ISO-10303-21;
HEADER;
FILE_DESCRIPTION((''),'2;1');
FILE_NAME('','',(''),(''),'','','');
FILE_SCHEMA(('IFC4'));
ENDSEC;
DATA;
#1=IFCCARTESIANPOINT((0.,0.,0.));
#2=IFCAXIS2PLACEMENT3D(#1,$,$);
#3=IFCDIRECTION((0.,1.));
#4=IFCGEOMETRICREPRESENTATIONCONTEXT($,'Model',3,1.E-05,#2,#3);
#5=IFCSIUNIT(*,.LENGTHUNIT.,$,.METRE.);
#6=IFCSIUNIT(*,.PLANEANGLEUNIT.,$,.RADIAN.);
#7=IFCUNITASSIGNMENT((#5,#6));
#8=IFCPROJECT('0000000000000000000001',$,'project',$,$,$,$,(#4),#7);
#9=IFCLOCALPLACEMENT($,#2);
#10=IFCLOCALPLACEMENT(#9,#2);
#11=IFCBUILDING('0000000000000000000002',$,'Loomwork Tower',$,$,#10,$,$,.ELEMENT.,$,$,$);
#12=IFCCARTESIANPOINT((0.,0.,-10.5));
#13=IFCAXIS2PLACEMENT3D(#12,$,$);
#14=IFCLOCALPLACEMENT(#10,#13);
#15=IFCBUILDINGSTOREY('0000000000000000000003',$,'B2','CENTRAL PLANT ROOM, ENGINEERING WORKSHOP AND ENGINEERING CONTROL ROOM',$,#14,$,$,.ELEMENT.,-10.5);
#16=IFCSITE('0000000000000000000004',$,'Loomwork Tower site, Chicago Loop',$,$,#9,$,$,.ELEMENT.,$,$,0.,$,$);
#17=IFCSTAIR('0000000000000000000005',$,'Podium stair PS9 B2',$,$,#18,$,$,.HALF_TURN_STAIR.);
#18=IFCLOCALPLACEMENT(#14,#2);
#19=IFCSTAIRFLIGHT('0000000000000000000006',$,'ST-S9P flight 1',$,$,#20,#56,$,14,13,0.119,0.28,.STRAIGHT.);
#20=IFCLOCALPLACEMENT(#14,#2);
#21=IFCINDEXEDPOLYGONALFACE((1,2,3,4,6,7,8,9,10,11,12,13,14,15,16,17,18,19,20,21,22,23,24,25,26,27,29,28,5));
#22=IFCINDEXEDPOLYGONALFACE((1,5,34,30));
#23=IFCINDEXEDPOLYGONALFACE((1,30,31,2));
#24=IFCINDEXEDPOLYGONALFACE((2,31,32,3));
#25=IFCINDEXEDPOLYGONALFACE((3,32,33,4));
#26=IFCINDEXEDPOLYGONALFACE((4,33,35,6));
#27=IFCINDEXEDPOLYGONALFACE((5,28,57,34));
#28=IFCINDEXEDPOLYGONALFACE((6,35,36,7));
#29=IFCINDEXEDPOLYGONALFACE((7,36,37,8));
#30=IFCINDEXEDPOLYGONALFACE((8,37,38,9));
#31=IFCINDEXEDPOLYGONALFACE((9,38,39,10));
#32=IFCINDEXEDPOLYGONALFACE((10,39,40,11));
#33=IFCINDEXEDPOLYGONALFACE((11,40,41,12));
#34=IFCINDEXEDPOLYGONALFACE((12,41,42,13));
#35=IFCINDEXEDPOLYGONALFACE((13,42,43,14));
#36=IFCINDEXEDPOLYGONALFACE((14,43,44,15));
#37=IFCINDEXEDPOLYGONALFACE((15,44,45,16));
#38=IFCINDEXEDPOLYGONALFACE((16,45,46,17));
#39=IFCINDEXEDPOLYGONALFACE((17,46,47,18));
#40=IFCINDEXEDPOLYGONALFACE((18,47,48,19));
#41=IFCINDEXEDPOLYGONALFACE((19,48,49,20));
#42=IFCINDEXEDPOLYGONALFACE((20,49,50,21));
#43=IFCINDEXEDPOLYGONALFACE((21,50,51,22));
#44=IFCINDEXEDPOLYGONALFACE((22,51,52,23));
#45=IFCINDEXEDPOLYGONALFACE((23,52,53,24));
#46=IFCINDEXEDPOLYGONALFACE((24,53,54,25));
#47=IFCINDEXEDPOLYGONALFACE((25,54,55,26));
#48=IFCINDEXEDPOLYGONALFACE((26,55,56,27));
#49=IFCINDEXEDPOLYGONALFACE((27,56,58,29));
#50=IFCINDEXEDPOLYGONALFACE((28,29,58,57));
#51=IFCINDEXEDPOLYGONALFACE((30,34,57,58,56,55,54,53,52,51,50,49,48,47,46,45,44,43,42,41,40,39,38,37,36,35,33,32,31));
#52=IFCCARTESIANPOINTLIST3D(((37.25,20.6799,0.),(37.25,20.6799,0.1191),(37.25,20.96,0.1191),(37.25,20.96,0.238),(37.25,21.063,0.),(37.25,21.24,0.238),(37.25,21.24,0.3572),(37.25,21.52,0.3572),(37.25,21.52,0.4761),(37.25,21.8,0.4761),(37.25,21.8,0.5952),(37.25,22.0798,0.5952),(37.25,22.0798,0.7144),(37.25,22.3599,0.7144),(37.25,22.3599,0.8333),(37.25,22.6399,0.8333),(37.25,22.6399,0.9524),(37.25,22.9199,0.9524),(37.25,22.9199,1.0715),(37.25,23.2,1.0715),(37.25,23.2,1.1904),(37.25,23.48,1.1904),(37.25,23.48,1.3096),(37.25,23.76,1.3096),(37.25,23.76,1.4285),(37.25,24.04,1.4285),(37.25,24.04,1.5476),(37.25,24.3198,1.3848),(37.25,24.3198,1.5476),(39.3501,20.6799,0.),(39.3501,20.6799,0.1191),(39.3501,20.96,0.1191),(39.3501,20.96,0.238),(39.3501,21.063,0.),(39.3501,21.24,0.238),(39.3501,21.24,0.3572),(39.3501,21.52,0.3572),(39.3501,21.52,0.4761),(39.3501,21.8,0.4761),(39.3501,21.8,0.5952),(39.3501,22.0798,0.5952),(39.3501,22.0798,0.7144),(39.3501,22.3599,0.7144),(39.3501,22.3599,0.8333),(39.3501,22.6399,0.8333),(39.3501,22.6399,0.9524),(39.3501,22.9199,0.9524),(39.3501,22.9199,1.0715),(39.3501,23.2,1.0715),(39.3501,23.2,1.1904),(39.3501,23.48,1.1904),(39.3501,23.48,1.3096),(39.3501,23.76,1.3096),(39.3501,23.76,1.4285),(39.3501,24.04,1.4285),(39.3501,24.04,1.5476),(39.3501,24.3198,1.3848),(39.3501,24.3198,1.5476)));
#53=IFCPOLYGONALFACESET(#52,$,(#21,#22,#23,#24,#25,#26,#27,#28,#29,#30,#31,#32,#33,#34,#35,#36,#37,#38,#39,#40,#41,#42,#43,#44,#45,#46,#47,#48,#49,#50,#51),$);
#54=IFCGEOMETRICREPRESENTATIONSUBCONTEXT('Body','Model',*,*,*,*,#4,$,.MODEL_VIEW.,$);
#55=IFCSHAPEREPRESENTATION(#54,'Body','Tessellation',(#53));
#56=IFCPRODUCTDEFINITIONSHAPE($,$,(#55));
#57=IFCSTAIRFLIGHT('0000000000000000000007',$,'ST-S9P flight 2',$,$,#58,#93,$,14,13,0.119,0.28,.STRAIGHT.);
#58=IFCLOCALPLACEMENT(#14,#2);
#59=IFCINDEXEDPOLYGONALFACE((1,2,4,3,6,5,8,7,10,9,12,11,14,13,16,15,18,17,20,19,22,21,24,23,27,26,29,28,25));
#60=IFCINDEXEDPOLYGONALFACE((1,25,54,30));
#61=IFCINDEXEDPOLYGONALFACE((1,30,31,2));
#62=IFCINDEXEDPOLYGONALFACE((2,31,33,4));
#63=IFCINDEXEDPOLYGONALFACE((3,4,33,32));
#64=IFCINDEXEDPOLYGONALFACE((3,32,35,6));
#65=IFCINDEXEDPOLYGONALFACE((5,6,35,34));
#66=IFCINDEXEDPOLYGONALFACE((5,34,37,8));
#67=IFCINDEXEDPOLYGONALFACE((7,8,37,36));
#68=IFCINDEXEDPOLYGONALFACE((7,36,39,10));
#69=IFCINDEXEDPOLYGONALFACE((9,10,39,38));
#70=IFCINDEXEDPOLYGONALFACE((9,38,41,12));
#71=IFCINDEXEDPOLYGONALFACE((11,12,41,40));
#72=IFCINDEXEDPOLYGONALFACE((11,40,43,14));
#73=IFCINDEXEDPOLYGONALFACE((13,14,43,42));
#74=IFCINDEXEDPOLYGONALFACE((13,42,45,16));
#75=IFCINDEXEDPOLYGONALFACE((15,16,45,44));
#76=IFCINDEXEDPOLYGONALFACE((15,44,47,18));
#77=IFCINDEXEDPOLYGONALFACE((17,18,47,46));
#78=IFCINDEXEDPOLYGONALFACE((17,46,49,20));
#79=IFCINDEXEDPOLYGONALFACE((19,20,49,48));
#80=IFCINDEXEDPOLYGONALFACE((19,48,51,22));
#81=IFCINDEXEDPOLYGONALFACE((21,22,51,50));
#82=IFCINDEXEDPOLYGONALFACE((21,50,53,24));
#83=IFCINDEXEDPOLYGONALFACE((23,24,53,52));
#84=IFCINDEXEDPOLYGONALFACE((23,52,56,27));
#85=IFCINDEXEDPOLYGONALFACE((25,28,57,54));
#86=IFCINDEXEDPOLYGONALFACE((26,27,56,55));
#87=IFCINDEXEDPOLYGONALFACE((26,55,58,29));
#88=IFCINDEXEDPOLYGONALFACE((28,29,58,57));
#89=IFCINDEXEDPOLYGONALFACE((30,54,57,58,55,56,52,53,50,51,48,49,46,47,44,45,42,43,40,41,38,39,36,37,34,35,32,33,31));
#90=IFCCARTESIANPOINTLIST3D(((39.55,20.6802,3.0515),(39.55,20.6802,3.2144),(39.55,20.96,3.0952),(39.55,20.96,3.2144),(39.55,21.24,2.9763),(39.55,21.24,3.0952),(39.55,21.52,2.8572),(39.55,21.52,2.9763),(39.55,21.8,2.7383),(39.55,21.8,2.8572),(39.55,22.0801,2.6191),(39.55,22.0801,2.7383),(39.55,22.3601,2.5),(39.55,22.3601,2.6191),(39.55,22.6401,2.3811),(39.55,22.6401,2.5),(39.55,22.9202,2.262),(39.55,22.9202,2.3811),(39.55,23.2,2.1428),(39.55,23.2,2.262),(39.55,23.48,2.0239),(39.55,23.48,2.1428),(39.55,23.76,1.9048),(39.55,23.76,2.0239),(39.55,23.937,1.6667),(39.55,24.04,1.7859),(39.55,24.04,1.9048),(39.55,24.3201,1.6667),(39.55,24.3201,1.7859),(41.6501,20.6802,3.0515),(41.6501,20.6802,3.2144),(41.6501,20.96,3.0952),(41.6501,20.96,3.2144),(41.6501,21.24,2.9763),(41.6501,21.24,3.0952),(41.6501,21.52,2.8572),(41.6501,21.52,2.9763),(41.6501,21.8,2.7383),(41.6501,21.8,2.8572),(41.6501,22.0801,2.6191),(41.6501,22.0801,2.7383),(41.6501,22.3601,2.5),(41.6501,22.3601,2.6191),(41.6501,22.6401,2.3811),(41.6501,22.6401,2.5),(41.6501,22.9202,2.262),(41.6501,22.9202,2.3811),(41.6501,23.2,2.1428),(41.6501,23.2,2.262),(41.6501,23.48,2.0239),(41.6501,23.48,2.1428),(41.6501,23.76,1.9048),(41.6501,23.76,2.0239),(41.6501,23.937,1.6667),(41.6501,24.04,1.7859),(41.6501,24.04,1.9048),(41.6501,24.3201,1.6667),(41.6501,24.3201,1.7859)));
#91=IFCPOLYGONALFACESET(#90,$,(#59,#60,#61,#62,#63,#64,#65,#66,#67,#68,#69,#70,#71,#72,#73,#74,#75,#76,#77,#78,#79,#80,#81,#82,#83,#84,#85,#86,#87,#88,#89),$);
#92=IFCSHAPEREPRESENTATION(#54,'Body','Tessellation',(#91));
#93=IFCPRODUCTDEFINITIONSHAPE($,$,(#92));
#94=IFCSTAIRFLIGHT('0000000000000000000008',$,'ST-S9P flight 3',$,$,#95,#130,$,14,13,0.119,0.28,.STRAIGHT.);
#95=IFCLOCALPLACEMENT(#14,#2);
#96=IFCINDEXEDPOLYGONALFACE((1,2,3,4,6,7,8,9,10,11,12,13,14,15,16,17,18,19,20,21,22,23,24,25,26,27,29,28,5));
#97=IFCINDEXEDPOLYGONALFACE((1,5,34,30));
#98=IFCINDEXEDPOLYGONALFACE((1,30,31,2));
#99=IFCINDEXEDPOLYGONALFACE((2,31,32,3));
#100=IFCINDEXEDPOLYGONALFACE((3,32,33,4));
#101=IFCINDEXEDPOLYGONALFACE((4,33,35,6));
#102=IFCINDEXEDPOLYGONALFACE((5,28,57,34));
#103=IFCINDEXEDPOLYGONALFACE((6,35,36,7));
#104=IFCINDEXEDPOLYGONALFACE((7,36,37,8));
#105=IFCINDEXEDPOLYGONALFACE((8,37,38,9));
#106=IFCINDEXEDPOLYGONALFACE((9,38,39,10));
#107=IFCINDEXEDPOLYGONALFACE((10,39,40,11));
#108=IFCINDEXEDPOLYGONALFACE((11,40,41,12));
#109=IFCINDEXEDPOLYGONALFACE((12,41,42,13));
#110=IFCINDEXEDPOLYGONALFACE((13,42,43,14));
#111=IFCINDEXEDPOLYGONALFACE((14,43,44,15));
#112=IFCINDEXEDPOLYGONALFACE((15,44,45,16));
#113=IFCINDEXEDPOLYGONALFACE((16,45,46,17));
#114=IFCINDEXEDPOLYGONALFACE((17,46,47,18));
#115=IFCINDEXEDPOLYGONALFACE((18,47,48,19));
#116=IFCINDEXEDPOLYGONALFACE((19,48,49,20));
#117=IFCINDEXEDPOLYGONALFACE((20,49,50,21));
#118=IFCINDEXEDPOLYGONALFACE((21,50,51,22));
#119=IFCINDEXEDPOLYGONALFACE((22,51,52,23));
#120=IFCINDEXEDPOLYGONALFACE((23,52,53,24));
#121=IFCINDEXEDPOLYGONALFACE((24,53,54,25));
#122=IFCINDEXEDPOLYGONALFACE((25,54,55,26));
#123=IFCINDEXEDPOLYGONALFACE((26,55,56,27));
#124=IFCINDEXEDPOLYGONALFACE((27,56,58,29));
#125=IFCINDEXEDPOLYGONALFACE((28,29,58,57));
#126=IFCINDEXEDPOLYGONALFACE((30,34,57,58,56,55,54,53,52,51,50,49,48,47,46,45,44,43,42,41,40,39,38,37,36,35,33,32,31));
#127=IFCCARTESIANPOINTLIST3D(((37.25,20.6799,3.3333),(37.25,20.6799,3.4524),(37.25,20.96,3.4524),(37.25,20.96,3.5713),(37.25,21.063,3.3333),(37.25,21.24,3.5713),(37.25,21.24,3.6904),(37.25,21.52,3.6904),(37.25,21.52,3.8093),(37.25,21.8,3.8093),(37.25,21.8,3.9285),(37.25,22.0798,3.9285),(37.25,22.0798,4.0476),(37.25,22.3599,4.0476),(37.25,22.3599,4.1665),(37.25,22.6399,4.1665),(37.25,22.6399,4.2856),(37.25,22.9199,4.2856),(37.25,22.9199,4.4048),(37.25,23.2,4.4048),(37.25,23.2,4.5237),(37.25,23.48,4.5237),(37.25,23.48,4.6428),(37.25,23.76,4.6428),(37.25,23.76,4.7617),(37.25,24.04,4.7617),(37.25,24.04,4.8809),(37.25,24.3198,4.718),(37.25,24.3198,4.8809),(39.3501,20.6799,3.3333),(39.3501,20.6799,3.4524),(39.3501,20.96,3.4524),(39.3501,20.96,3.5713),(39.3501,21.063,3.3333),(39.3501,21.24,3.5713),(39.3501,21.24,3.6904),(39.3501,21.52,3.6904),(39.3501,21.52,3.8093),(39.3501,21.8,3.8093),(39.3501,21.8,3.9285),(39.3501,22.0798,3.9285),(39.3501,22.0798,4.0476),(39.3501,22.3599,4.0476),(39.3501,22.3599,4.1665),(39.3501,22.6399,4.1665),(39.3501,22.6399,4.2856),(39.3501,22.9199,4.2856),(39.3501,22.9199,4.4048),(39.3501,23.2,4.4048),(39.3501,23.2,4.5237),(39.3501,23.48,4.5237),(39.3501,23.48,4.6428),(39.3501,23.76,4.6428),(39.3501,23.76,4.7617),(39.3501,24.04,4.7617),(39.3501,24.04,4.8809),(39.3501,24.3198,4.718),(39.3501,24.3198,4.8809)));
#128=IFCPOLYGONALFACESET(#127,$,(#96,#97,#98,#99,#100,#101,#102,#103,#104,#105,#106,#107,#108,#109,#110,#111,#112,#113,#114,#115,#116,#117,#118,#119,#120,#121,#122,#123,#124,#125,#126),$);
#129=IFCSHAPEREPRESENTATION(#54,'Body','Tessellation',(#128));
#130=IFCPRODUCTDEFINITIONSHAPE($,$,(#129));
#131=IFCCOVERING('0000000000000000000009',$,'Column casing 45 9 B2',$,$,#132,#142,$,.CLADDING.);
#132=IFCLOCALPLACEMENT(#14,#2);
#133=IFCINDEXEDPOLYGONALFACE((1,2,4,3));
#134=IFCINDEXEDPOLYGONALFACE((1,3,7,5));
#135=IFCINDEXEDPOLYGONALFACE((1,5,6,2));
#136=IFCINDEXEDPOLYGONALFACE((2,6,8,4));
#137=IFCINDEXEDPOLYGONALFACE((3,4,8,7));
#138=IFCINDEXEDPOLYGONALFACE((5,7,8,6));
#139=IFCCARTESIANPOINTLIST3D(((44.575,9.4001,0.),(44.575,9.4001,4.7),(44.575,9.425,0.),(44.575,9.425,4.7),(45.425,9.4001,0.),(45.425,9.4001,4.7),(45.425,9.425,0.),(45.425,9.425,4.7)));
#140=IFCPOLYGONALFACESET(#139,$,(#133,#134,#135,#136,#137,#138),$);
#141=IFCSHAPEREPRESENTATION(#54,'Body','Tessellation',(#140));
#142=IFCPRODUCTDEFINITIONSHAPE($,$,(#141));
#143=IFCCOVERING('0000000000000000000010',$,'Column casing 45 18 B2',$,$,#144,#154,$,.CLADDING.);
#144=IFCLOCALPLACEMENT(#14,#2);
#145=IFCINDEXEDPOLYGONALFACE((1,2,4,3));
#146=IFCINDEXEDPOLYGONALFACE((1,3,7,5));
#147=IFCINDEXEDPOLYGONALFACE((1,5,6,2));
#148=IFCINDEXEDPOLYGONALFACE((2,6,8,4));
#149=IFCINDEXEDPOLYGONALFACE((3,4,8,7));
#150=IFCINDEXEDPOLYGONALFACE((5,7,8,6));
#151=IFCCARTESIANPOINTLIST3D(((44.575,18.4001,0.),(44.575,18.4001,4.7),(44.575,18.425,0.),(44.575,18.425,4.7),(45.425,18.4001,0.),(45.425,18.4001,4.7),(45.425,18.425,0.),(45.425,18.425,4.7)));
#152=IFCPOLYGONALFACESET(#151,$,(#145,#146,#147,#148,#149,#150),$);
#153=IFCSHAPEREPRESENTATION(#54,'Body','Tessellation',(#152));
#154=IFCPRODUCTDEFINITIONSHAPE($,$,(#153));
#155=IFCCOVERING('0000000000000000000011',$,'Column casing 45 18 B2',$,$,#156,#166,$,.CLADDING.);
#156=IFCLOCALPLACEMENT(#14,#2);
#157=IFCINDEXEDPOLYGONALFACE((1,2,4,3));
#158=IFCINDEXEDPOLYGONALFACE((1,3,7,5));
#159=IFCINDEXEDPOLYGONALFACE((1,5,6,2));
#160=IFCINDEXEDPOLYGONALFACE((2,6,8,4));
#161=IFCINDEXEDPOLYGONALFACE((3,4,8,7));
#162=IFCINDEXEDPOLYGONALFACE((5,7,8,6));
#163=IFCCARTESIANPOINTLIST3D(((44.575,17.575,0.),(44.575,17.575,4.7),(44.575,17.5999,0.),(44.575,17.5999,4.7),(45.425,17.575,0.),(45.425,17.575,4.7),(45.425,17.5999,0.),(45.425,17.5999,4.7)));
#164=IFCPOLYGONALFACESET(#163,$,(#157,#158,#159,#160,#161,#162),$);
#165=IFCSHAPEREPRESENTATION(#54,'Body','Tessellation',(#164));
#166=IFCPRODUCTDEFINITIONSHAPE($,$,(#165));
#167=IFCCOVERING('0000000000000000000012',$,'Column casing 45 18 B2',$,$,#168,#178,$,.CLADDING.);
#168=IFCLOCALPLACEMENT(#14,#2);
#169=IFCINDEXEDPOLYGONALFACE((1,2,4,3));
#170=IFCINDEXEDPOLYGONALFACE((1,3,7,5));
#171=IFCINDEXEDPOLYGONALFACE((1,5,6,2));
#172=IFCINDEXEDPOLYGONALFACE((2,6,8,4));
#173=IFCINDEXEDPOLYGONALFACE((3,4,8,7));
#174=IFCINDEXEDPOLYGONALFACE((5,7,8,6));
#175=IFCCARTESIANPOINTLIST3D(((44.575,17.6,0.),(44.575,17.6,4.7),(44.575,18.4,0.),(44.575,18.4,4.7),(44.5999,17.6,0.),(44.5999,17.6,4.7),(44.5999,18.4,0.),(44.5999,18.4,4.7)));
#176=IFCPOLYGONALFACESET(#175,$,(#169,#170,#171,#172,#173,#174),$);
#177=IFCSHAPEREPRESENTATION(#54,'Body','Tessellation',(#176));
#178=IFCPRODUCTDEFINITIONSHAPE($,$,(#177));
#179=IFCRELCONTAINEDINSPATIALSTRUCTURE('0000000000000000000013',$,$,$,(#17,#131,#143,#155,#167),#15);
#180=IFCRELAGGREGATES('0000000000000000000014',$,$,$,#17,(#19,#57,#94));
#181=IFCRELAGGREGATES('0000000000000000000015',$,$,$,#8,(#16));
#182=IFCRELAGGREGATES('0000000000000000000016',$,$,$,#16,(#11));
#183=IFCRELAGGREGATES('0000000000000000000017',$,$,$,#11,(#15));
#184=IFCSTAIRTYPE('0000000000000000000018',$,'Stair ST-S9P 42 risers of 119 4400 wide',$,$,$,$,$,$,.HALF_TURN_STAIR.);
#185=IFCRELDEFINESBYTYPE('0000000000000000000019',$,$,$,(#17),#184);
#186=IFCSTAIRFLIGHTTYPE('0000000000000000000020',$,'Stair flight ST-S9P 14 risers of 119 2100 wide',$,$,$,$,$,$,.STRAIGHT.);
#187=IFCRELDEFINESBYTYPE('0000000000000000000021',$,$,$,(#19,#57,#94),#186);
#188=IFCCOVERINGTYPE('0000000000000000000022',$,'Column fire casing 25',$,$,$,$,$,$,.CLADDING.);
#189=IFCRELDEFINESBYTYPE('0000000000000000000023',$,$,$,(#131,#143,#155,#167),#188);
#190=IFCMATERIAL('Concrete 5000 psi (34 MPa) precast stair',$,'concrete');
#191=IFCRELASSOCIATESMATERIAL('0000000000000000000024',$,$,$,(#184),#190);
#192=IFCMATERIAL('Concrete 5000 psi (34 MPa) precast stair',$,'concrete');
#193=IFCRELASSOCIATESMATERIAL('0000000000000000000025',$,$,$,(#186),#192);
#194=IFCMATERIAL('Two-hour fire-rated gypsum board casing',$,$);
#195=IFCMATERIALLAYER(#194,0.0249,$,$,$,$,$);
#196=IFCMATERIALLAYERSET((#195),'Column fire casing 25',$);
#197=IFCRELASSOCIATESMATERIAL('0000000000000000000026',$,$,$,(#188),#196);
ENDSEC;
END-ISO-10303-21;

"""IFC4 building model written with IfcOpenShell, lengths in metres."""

from ifc_helpers import new_model, si_unit, direction, frame, origin, origin_2d, place, context, subcontext, project, spatial, polyline, rectangle, outline, extrude, material, layer, layer_set, type_object, element, aggregate, save


model = new_model("IFC4")

# Units and contexts
model_context = context("Model", 3, precision=1e-05, world=origin(), true_north=direction((0.0, 1.0)))
body_context = subcontext(model_context, "Body", "Model", "MODEL_VIEW")
ifc_project = project(units=[si_unit("LENGTHUNIT", "METRE"), si_unit("PLANEANGLEUNIT", "RADIAN")], contexts=[model_context])

# Site, building, storey
site_placement = place(None, origin())
site = spatial("IfcSite", under=ifc_project, at=site_placement, Name="Loomwork Tower site, Chicago Loop", CompositionType="ELEMENT", RefElevation=0.0)
building_placement = place(site_placement, origin())
building = spatial("IfcBuilding", under=site, at=building_placement, Name="Loomwork Tower", CompositionType="ELEMENT")
storey_placement = place(building_placement, frame((0.0, 0.0, -10.5)))
storey = spatial("IfcBuildingStorey", under=building, at=storey_placement, Name="B2", Description="CENTRAL PLANT ROOM, ENGINEERING WORKSHOP AND ENGINEERING CONTROL ROOM", CompositionType="ELEMENT", Elevation=-10.5)

# Stair, stair flights
ifc_material_1 = material(Name="Concrete 5000 psi (34 MPa) precast stair", Category="concrete")
stair_type_1 = type_object("IfcStairType", Name="Stair ST-S9P 42 risers of 119 4400 wide", PredefinedType="HALF_TURN_STAIR", material=ifc_material_1)
stair_1_placement = place(storey_placement, origin())
stair_1 = element("IfcStair", 1, at=stair_1_placement, inside=storey, type_object=stair_type_1, Name="Podium stair PS9 B2", PredefinedType="HALF_TURN_STAIR")
ifc_material_2 = material(Name="Concrete 5000 psi (34 MPa) precast stair", Category="concrete")
stair_flight_type_1 = type_object("IfcStairFlightType", Name="Stair flight ST-S9P 14 risers of 119 2100 wide", PredefinedType="STRAIGHT", material=ifc_material_2)
stair_flight_1_placement = place(storey_placement, frame((38.3, 20.6799, 0.0), z_axis=(0.0, 0.0, 1.0), x_axis=(0.0, 1.0, 0.0)))
stair_flight_1 = element("IfcStairFlight", 2, at=stair_flight_1_placement, type_object=stair_flight_type_1, Name="ST-S9P flight 1", NumberOfRisers=14, NumberOfTreads=13, PredefinedType="STRAIGHT", RiserHeight=0.119, TreadLength=0.28, context=body_context, shape_type="SweptSolid", body=[
    extrude(outline(polyline([(0.0, 0.0), (0.0, 0.1191), (0.28, 0.1191), (0.28, 0.238), (0.5601, 0.238), (0.5601, 0.3572), (0.8401, 0.3572), (0.8401, 0.4761), (1.1201, 0.4761), (1.1201, 0.5952), (1.3999, 0.5952), (1.3999, 0.7144), (1.6799, 0.7144), (1.6799, 0.8333), (1.96, 0.8333), (1.96, 0.9524), (2.24, 0.9524), (2.24, 1.0715), (2.52, 1.0715), (2.52, 1.1904), (2.8, 1.1904), (2.8, 1.3096), (3.0801, 1.3096), (3.0801, 1.4285), (3.3601, 1.4285), (3.3601, 1.5476), (3.6399, 1.5476), (3.6399, 1.6667), (3.6399, 1.3848), (0.3831, 0.0), (0.0, 0.0)])), frame((0.0, 1.05, 0.0), z_axis=(0.0, -1.0, 0.0), x_axis=(1.0, 0.0, 0.0)), (0.0, 0.0, 1.0), 2.1001),
])
stair_flight_2_placement = place(storey_placement, frame((40.6001, 24.3201, 1.6667), z_axis=(0.0, 0.0, 1.0), x_axis=(0.0, -1.0, 0.0)))
stair_flight_2 = element("IfcStairFlight", 3, at=stair_flight_2_placement, type_object=stair_flight_type_1, Name="ST-S9P flight 2", NumberOfRisers=14, NumberOfTreads=13, PredefinedType="STRAIGHT", RiserHeight=0.119, TreadLength=0.28, context=body_context, shape_type="SweptSolid", body=[
    extrude(outline(polyline([(0.0, 0.0), (0.0, 0.1191), (0.28, 0.1191), (0.28, 0.238), (0.5601, 0.238), (0.5601, 0.3572), (0.8401, 0.3572), (0.8401, 0.4761), (1.1201, 0.4761), (1.1201, 0.5952), (1.3999, 0.5952), (1.3999, 0.7144), (1.6799, 0.7144), (1.6799, 0.8333), (1.96, 0.8333), (1.96, 0.9524), (2.24, 0.9524), (2.24, 1.0715), (2.52, 1.0715), (2.52, 1.1904), (2.8, 1.1904), (2.8, 1.3096), (3.0801, 1.3096), (3.0801, 1.4285), (3.3601, 1.4285), (3.3601, 1.5476), (3.6399, 1.5476), (3.6399, 1.6667), (3.6399, 1.3848), (0.3831, 0.0), (0.0, 0.0)])), frame((0.0, 1.05, 0.0), z_axis=(0.0, -1.0, 0.0), x_axis=(1.0, 0.0, 0.0)), (0.0, 0.0, 1.0), 2.1001),
])
stair_flight_3_placement = place(storey_placement, frame((38.3, 20.6799, 3.3333), z_axis=(0.0, 0.0, 1.0), x_axis=(0.0, 1.0, 0.0)))
stair_flight_3 = element("IfcStairFlight", 4, at=stair_flight_3_placement, type_object=stair_flight_type_1, Name="ST-S9P flight 3", NumberOfRisers=14, NumberOfTreads=13, PredefinedType="STRAIGHT", RiserHeight=0.119, TreadLength=0.28, context=body_context, shape_type="SweptSolid", body=[
    extrude(outline(polyline([(0.0, 0.0), (0.0, 0.1191), (0.28, 0.1191), (0.28, 0.238), (0.5601, 0.238), (0.5601, 0.3572), (0.8401, 0.3572), (0.8401, 0.4761), (1.1201, 0.4761), (1.1201, 0.5952), (1.3999, 0.5952), (1.3999, 0.7144), (1.6799, 0.7144), (1.6799, 0.8333), (1.96, 0.8333), (1.96, 0.9524), (2.24, 0.9524), (2.24, 1.0715), (2.52, 1.0715), (2.52, 1.1904), (2.8, 1.1904), (2.8, 1.3096), (3.0801, 1.3096), (3.0801, 1.4285), (3.3601, 1.4285), (3.3601, 1.5476), (3.6399, 1.5476), (3.6399, 1.6667), (3.6399, 1.3848), (0.3831, 0.0), (0.0, 0.0)])), frame((0.0, 1.05, 0.0), z_axis=(0.0, -1.0, 0.0), x_axis=(1.0, 0.0, 0.0)), (0.0, 0.0, 1.0), 2.1001),
])
aggregate(stair_1, [stair_flight_1, stair_flight_2, stair_flight_3])

# Coverings
ifc_material_3 = material(Name="Two-hour fire-rated gypsum board casing")
ifc_layer_1 = layer(ifc_material_3, 0.0249)
ifc_layer_set_1 = layer_set([ifc_layer_1], Name="Column fire casing 25")
covering_type = type_object("IfcCoveringType", Name="Column fire casing 25", PredefinedType="CLADDING", material=ifc_layer_set_1)
for number, where, z_axis, x_axis, name in (
    (5, (45.0, 9.4126, 0.0), (0.0, 0.0, 1.0), (1.0, 0.0, 0.0), "Column casing 45 9 B2"),
    (6, (45.0, 18.4126, 0.0), (0.0, 0.0, 1.0), (1.0, 0.0, 0.0), "Column casing 45 18 B2"),
    (7, (45.0, 17.5874, 0.0), (0.0, 0.0, 1.0), (1.0, 0.0, 0.0), "Column casing 45 18 B2"),
):
    element("IfcCovering", number, at=place(storey_placement, frame(where, z_axis=z_axis, x_axis=x_axis)), inside=storey, type_object=covering_type, Name=name, PredefinedType="CLADDING", context=body_context, shape_type="SweptSolid", body=[
        extrude(rectangle(XDim=0.8501, YDim=0.0249, at=origin_2d()), origin(), (0.0, 0.0, 1.0), 4.7),
    ])
covering_placement = place(storey_placement, frame((44.5874, 18.0, 0.0), z_axis=(0.0, 0.0, 1.0), x_axis=(1.0, 0.0, 0.0)))
element("IfcCovering", 8, at=covering_placement, inside=storey, type_object=covering_type, Name="Column casing 45 18 B2", PredefinedType="CLADDING", context=body_context, shape_type="SweptSolid", body=[
    extrude(rectangle(XDim=0.0249, YDim=0.8, at=origin_2d()), origin(), (0.0, 0.0, 1.0), 4.7),
])

save(model, "model.ifc")
